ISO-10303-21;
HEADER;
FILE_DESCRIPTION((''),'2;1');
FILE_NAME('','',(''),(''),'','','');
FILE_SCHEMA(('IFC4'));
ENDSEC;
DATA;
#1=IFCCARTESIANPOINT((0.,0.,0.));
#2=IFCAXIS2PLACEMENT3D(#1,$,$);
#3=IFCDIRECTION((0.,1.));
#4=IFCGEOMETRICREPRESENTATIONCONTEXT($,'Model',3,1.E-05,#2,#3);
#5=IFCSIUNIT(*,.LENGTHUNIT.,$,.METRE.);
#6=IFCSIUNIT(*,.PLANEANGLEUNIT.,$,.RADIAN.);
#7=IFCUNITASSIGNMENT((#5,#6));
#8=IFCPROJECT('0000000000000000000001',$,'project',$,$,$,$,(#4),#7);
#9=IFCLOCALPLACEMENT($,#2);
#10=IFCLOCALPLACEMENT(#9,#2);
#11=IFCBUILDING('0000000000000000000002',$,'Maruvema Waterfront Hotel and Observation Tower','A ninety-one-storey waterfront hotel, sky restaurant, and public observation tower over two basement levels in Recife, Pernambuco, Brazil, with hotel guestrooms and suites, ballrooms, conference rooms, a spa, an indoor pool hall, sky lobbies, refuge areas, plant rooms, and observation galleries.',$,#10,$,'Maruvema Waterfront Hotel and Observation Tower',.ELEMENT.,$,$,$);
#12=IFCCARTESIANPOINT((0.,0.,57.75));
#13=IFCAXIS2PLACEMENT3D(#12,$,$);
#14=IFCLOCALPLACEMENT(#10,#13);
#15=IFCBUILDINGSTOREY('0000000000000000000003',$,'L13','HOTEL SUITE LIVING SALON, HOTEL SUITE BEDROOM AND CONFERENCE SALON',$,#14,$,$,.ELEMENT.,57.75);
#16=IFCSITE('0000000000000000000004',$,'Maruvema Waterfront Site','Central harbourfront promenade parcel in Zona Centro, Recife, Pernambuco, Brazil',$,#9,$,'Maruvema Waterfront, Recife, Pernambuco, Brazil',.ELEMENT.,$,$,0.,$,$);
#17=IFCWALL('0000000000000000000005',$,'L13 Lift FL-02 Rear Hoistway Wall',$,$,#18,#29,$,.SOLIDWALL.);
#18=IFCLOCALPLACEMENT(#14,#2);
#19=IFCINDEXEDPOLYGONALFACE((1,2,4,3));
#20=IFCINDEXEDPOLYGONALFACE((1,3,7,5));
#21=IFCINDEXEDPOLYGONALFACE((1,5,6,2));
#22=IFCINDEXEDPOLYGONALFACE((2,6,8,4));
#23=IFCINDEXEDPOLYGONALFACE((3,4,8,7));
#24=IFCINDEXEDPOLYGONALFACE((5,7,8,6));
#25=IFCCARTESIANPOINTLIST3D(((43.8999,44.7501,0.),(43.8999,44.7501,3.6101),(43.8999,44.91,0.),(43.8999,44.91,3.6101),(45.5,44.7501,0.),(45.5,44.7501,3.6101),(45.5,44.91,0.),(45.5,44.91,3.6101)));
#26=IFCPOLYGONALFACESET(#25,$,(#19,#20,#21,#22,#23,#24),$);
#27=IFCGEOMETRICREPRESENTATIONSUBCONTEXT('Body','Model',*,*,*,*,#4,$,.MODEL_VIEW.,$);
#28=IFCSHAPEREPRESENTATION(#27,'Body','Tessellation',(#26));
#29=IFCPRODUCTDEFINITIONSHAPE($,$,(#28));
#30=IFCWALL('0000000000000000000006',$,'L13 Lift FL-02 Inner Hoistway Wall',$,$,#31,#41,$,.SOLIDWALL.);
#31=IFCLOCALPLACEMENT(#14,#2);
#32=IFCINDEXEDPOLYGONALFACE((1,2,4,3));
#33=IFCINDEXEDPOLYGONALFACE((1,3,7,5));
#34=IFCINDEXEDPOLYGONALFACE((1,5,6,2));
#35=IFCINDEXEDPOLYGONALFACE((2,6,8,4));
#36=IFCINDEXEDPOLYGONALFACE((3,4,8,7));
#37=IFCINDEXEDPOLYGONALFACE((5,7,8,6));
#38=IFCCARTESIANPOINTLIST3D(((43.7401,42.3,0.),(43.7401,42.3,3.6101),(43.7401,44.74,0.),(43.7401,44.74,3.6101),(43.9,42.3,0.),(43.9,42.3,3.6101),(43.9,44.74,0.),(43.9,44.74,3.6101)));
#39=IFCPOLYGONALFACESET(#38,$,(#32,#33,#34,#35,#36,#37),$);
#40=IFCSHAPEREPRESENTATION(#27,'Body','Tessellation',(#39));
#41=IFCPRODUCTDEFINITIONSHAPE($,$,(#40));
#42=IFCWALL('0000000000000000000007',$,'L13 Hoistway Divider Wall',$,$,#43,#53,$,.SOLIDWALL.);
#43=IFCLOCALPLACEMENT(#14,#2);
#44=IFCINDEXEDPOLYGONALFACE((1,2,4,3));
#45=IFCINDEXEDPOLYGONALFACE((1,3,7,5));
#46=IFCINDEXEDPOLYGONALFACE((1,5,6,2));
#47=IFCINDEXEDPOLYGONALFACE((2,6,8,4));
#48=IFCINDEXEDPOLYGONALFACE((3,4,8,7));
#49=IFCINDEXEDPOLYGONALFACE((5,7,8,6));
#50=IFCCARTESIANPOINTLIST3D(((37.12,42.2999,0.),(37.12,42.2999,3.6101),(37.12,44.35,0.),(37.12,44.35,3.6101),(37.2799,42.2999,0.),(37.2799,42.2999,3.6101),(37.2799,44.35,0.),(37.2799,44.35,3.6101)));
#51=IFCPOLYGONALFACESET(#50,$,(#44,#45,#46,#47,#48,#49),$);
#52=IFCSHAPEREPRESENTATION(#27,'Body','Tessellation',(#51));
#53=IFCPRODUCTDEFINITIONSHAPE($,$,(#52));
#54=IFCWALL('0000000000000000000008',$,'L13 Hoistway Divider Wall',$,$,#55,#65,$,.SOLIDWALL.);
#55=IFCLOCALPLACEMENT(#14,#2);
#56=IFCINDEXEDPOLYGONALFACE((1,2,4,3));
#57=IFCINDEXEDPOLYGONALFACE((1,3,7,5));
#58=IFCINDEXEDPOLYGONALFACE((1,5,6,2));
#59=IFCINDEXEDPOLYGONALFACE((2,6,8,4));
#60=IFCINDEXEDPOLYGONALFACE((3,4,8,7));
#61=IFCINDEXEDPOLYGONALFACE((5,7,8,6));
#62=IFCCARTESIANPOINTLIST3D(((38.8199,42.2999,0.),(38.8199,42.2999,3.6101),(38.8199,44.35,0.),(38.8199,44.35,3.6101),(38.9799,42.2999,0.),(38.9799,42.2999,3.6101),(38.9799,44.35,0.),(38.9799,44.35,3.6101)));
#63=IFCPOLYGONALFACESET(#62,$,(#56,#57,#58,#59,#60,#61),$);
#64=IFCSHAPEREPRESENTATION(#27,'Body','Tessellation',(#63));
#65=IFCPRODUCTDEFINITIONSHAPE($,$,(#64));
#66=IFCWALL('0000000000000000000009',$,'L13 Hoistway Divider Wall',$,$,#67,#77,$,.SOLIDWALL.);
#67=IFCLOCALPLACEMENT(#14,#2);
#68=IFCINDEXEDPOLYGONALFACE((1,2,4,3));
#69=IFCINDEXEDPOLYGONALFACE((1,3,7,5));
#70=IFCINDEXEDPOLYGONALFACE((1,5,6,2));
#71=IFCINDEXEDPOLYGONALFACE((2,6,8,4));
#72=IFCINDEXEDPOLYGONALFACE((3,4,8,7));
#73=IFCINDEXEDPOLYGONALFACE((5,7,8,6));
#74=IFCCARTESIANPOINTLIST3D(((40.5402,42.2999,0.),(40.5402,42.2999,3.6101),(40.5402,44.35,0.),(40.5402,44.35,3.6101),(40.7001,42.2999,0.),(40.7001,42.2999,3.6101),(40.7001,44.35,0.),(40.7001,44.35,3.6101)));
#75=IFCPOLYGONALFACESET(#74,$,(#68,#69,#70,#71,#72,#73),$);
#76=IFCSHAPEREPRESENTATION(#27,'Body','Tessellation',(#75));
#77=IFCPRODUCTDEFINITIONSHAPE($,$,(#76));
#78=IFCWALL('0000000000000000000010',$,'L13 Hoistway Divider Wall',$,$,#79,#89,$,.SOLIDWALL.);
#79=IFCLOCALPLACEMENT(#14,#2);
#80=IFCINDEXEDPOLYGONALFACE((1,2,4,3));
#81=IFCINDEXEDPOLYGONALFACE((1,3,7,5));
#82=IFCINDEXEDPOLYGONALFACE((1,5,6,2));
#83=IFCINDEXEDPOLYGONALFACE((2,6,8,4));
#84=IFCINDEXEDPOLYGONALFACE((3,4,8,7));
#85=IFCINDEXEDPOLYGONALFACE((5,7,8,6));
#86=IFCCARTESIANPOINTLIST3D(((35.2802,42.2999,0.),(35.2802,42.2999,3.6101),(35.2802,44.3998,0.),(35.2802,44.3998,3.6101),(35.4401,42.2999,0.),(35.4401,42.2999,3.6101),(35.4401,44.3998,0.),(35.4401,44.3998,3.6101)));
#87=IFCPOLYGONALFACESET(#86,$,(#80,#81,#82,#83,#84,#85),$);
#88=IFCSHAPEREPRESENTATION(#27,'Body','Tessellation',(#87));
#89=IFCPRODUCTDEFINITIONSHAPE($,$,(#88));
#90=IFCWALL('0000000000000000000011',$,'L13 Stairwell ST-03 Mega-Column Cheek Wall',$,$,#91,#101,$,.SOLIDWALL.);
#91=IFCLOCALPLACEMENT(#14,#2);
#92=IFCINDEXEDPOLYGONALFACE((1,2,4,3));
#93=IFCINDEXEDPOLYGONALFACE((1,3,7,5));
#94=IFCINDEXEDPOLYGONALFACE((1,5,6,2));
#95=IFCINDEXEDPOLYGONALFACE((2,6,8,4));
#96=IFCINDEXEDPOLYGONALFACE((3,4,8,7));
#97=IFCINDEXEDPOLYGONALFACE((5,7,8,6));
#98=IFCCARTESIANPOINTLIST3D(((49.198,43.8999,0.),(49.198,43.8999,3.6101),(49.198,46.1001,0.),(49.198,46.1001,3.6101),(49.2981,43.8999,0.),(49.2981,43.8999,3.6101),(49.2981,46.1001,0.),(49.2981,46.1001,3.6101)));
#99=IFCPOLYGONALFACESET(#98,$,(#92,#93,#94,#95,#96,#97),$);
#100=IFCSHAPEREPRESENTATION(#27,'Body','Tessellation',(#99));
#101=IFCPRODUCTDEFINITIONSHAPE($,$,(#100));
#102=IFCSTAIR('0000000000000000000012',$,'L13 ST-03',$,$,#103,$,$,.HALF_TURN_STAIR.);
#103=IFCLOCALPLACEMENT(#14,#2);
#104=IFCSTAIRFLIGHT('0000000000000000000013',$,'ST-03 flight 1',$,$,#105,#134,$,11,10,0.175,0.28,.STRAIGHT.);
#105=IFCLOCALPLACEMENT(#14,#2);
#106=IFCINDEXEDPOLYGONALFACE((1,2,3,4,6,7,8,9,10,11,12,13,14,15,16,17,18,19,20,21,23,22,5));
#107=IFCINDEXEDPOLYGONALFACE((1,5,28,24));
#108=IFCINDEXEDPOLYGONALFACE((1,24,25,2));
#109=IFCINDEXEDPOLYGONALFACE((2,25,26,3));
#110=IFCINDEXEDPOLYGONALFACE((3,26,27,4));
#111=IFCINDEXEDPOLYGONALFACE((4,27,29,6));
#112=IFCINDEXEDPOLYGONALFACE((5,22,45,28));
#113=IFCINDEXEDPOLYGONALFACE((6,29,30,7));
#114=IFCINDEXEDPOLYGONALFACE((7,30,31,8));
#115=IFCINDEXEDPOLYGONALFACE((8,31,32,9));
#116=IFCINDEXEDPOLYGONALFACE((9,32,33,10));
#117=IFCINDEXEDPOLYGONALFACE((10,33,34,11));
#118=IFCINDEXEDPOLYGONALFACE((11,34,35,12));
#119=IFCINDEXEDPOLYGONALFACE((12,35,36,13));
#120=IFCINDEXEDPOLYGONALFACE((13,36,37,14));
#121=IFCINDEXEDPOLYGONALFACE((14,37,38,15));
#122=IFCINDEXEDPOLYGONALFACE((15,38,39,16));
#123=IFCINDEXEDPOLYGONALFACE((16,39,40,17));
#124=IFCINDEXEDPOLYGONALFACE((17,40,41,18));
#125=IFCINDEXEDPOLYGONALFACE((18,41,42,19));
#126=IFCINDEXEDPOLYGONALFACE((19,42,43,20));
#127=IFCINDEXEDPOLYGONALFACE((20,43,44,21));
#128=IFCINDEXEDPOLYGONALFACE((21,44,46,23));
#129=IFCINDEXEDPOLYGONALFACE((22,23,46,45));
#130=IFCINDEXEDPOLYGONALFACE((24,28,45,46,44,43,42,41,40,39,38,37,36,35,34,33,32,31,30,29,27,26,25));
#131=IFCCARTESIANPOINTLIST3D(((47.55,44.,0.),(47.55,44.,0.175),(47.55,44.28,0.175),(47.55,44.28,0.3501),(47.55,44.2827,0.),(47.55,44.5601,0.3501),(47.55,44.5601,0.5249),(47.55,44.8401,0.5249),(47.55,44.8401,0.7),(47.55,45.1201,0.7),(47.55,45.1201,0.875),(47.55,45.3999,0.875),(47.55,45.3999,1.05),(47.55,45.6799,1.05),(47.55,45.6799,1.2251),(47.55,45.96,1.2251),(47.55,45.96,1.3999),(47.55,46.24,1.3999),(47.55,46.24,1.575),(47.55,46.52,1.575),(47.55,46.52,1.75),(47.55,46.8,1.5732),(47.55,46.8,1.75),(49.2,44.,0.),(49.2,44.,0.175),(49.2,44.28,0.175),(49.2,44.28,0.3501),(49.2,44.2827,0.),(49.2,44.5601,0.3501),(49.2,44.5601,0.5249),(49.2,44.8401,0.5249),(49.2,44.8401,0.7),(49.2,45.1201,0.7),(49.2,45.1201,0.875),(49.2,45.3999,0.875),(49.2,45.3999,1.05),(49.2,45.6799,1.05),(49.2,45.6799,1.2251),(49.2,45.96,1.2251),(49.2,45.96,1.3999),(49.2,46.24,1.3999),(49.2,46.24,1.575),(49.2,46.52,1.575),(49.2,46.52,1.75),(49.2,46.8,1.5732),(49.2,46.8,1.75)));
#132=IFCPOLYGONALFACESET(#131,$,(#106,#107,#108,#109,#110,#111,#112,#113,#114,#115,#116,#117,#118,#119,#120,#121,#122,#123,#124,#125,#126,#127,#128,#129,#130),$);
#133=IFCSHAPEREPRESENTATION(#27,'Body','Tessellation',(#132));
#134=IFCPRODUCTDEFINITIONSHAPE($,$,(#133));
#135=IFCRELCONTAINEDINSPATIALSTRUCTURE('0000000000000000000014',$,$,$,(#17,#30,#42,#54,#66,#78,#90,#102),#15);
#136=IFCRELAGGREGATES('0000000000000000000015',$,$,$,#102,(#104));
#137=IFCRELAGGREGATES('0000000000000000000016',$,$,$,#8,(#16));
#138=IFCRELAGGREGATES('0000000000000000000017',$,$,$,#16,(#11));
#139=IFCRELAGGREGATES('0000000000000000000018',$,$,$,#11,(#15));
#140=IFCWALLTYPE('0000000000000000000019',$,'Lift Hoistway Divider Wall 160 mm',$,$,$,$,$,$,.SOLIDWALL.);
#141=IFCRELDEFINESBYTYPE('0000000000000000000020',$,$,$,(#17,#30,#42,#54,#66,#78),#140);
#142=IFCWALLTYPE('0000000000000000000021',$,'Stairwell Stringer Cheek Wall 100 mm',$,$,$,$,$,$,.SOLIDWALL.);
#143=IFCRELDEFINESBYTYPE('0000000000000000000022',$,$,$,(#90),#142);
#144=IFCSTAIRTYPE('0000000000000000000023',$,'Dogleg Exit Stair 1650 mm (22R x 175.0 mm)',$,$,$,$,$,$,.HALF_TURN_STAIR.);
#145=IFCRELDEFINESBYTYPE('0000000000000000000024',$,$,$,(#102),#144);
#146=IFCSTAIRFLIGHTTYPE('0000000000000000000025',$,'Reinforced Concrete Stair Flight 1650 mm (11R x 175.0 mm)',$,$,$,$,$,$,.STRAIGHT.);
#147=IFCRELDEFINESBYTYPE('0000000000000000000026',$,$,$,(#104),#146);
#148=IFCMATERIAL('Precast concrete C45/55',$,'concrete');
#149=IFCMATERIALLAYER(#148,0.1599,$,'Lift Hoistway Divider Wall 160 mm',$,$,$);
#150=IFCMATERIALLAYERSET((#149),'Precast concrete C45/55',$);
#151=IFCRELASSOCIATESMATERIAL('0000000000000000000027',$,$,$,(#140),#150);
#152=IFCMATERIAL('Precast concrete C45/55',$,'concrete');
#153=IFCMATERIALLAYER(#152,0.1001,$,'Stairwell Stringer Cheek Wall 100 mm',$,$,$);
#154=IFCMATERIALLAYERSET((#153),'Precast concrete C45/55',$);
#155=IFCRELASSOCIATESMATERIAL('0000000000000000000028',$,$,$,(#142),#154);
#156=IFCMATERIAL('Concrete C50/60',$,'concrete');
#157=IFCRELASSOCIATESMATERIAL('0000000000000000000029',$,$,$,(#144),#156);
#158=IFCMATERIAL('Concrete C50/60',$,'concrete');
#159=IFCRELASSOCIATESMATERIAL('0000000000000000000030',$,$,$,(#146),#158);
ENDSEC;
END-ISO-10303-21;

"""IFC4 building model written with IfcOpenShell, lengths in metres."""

from ifc_helpers import new_model, si_unit, direction, frame, frame_2d, origin, place, context, subcontext, project, spatial, polyline, rectangle, outline, extrude, material, layer, layer_set, type_object, element, aggregate, save


model = new_model("IFC4")

# Units and contexts
model_context = context("Model", 3, precision=1e-05, world=origin(), true_north=direction((0.0, 1.0)))
body_context = subcontext(model_context, "Body", "Model", "MODEL_VIEW")
ifc_project = project(units=[si_unit("LENGTHUNIT", "METRE"), si_unit("PLANEANGLEUNIT", "RADIAN")], contexts=[model_context])

# Site, building, storey
site_placement = place(None, origin())
site = spatial("IfcSite", under=ifc_project, at=site_placement, Name="Maruvema Waterfront Site", Description="Central harbourfront promenade parcel in Zona Centro, Recife, Pernambuco, Brazil", LongName="Maruvema Waterfront, Recife, Pernambuco, Brazil", CompositionType="ELEMENT", RefElevation=0.0)
building_placement = place(site_placement, origin())
building = spatial("IfcBuilding", under=site, at=building_placement, Name="Maruvema Waterfront Hotel and Observation Tower", Description="A ninety-one-storey waterfront hotel, sky restaurant, and public observation tower over two basement levels in Recife, Pernambuco, Brazil, with hotel guestrooms and suites, ballrooms, conference rooms, a spa, an indoor pool hall, sky lobbies, refuge areas, plant rooms, and observation galleries.", LongName="Maruvema Waterfront Hotel and Observation Tower", CompositionType="ELEMENT")
storey_placement = place(building_placement, frame((0.0, 0.0, 57.75)))
storey = spatial("IfcBuildingStorey", under=building, at=storey_placement, Name="L13", Description="HOTEL SUITE LIVING SALON, HOTEL SUITE BEDROOM AND CONFERENCE SALON", CompositionType="ELEMENT", Elevation=57.75)

# Walls
ifc_material_1 = material(Name="Precast concrete C45/55", Category="concrete")
ifc_layer_1 = layer(ifc_material_1, 0.1599, Name="Lift Hoistway Divider Wall 160 mm")
ifc_layer_set_1 = layer_set([ifc_layer_1], Name="Precast concrete C45/55")
wall_type_1 = type_object("IfcWallType", Name="Lift Hoistway Divider Wall 160 mm", PredefinedType="SOLIDWALL", material=ifc_layer_set_1)
wall_1_placement = place(storey_placement, frame((43.8999, 44.8301, 0.0), z_axis=(0.0, 0.0, 1.0), x_axis=(1.0, 0.0, 0.0)))
element("IfcWall", 1, at=wall_1_placement, inside=storey, type_object=wall_type_1, Name="L13 Lift FL-02 Rear Hoistway Wall", PredefinedType="SOLIDWALL", context=body_context, shape_type="SweptSolid", body=[
    extrude(rectangle(XDim=1.6001, YDim=0.1599, at=frame_2d((0.8, 0.0))), origin(), (0.0, 0.0, 1.0), 3.6101),
])
wall_2_placement = place(storey_placement, frame((43.8201, 42.3, 0.0), z_axis=(0.0, 0.0, 1.0), x_axis=(0.0, 1.0, 0.0)))
element("IfcWall", 2, at=wall_2_placement, inside=storey, type_object=wall_type_1, Name="L13 Lift FL-02 Inner Hoistway Wall", PredefinedType="SOLIDWALL", context=body_context, shape_type="SweptSolid", body=[
    extrude(rectangle(XDim=2.4399, YDim=0.1599, at=frame_2d((1.22, 0.0))), origin(), (0.0, 0.0, 1.0), 3.6101),
])
for number, where, z_axis, x_axis, name in (
    (3, (37.2, 42.3, 0.0), (0.0, 0.0, 1.0), (0.0, 1.0, 0.0), "L13 Hoistway Divider Wall"),
    (4, (38.8999, 42.3, 0.0), (0.0, 0.0, 1.0), (0.0, 1.0, 0.0), "L13 Hoistway Divider Wall"),
    (5, (40.6201, 42.3, 0.0), (0.0, 0.0, 1.0), (0.0, 1.0, 0.0), "L13 Hoistway Divider Wall"),
):
    element("IfcWall", number, at=place(storey_placement, frame(where, z_axis=z_axis, x_axis=x_axis)), inside=storey, type_object=wall_type_1, Name=name, PredefinedType="SOLIDWALL", context=body_context, shape_type="SweptSolid", body=[
        extrude(rectangle(XDim=2.05, YDim=0.1599, at=frame_2d((1.0249, 0.0))), origin(), (0.0, 0.0, 1.0), 3.6101),
    ])
wall_3_placement = place(storey_placement, frame((35.3601, 42.3, 0.0), z_axis=(0.0, 0.0, 1.0), x_axis=(0.0, 1.0, 0.0)))
element("IfcWall", 6, at=wall_3_placement, inside=storey, type_object=wall_type_1, Name="L13 Hoistway Divider Wall", PredefinedType="SOLIDWALL", context=body_context, shape_type="SweptSolid", body=[
    extrude(rectangle(XDim=2.0999, YDim=0.1599, at=frame_2d((1.0498, 0.0))), origin(), (0.0, 0.0, 1.0), 3.6101),
])
ifc_material_2 = material(Name="Precast concrete C45/55", Category="concrete")
ifc_layer_2 = layer(ifc_material_2, 0.1001, Name="Stairwell Stringer Cheek Wall 100 mm")
ifc_layer_set_2 = layer_set([ifc_layer_2], Name="Precast concrete C45/55")
wall_type_2 = type_object("IfcWallType", Name="Stairwell Stringer Cheek Wall 100 mm", PredefinedType="SOLIDWALL", material=ifc_layer_set_2)
wall_4_placement = place(storey_placement, frame((49.248, 43.8999, 0.0), z_axis=(0.0, 0.0, 1.0), x_axis=(0.0, 1.0, 0.0)))
element("IfcWall", 7, at=wall_4_placement, inside=storey, type_object=wall_type_2, Name="L13 Stairwell ST-03 Mega-Column Cheek Wall", PredefinedType="SOLIDWALL", context=body_context, shape_type="SweptSolid", body=[
    extrude(rectangle(XDim=2.2002, YDim=0.1001, at=frame_2d((1.1001, 0.0))), origin(), (0.0, 0.0, 1.0), 3.6101),
])

# Stair, stair flight
ifc_material_3 = material(Name="Concrete C50/60", Category="concrete")
stair_type = type_object("IfcStairType", Name="Dogleg Exit Stair 1650 mm (22R x 175.0 mm)", PredefinedType="HALF_TURN_STAIR", material=ifc_material_3)
stair_placement = place(storey_placement, origin())
stair = element("IfcStair", 8, at=stair_placement, inside=storey, type_object=stair_type, Name="L13 ST-03", PredefinedType="HALF_TURN_STAIR")
ifc_material_4 = material(Name="Concrete C50/60", Category="concrete")
stair_flight_type = type_object("IfcStairFlightType", Name="Reinforced Concrete Stair Flight 1650 mm (11R x 175.0 mm)", PredefinedType="STRAIGHT", material=ifc_material_4)
stair_flight_placement = place(storey_placement, frame((48.375, 44.0, 0.0), z_axis=(0.0, 0.0, 1.0), x_axis=(0.0, 1.0, 0.0)))
stair_flight = element("IfcStairFlight", 9, at=stair_flight_placement, type_object=stair_flight_type, Name="ST-03 flight 1", NumberOfRisers=11, NumberOfTreads=10, PredefinedType="STRAIGHT", RiserHeight=0.175, TreadLength=0.28, context=body_context, shape_type="SweptSolid", body=[
    extrude(outline(polyline([(0.0, 0.0), (0.0, 0.175), (0.28, 0.175), (0.28, 0.3501), (0.5601, 0.3501), (0.5601, 0.5249), (0.8401, 0.5249), (0.8401, 0.7), (1.1201, 0.7), (1.1201, 0.875), (1.3999, 0.875), (1.3999, 1.05), (1.6799, 1.05), (1.6799, 1.2251), (1.96, 1.2251), (1.96, 1.3999), (2.24, 1.3999), (2.24, 1.575), (2.52, 1.575), (2.52, 1.75), (2.8, 1.75), (2.8, 1.925), (2.8, 1.5732), (0.2827, 0.0), (0.0, 0.0)])), frame((0.0, 0.825, 0.0), z_axis=(0.0, -1.0, 0.0), x_axis=(1.0, 0.0, 0.0)), (0.0, 0.0, 1.0), 1.6499),
])
aggregate(stair, [stair_flight])

save(model, "model.ifc")
